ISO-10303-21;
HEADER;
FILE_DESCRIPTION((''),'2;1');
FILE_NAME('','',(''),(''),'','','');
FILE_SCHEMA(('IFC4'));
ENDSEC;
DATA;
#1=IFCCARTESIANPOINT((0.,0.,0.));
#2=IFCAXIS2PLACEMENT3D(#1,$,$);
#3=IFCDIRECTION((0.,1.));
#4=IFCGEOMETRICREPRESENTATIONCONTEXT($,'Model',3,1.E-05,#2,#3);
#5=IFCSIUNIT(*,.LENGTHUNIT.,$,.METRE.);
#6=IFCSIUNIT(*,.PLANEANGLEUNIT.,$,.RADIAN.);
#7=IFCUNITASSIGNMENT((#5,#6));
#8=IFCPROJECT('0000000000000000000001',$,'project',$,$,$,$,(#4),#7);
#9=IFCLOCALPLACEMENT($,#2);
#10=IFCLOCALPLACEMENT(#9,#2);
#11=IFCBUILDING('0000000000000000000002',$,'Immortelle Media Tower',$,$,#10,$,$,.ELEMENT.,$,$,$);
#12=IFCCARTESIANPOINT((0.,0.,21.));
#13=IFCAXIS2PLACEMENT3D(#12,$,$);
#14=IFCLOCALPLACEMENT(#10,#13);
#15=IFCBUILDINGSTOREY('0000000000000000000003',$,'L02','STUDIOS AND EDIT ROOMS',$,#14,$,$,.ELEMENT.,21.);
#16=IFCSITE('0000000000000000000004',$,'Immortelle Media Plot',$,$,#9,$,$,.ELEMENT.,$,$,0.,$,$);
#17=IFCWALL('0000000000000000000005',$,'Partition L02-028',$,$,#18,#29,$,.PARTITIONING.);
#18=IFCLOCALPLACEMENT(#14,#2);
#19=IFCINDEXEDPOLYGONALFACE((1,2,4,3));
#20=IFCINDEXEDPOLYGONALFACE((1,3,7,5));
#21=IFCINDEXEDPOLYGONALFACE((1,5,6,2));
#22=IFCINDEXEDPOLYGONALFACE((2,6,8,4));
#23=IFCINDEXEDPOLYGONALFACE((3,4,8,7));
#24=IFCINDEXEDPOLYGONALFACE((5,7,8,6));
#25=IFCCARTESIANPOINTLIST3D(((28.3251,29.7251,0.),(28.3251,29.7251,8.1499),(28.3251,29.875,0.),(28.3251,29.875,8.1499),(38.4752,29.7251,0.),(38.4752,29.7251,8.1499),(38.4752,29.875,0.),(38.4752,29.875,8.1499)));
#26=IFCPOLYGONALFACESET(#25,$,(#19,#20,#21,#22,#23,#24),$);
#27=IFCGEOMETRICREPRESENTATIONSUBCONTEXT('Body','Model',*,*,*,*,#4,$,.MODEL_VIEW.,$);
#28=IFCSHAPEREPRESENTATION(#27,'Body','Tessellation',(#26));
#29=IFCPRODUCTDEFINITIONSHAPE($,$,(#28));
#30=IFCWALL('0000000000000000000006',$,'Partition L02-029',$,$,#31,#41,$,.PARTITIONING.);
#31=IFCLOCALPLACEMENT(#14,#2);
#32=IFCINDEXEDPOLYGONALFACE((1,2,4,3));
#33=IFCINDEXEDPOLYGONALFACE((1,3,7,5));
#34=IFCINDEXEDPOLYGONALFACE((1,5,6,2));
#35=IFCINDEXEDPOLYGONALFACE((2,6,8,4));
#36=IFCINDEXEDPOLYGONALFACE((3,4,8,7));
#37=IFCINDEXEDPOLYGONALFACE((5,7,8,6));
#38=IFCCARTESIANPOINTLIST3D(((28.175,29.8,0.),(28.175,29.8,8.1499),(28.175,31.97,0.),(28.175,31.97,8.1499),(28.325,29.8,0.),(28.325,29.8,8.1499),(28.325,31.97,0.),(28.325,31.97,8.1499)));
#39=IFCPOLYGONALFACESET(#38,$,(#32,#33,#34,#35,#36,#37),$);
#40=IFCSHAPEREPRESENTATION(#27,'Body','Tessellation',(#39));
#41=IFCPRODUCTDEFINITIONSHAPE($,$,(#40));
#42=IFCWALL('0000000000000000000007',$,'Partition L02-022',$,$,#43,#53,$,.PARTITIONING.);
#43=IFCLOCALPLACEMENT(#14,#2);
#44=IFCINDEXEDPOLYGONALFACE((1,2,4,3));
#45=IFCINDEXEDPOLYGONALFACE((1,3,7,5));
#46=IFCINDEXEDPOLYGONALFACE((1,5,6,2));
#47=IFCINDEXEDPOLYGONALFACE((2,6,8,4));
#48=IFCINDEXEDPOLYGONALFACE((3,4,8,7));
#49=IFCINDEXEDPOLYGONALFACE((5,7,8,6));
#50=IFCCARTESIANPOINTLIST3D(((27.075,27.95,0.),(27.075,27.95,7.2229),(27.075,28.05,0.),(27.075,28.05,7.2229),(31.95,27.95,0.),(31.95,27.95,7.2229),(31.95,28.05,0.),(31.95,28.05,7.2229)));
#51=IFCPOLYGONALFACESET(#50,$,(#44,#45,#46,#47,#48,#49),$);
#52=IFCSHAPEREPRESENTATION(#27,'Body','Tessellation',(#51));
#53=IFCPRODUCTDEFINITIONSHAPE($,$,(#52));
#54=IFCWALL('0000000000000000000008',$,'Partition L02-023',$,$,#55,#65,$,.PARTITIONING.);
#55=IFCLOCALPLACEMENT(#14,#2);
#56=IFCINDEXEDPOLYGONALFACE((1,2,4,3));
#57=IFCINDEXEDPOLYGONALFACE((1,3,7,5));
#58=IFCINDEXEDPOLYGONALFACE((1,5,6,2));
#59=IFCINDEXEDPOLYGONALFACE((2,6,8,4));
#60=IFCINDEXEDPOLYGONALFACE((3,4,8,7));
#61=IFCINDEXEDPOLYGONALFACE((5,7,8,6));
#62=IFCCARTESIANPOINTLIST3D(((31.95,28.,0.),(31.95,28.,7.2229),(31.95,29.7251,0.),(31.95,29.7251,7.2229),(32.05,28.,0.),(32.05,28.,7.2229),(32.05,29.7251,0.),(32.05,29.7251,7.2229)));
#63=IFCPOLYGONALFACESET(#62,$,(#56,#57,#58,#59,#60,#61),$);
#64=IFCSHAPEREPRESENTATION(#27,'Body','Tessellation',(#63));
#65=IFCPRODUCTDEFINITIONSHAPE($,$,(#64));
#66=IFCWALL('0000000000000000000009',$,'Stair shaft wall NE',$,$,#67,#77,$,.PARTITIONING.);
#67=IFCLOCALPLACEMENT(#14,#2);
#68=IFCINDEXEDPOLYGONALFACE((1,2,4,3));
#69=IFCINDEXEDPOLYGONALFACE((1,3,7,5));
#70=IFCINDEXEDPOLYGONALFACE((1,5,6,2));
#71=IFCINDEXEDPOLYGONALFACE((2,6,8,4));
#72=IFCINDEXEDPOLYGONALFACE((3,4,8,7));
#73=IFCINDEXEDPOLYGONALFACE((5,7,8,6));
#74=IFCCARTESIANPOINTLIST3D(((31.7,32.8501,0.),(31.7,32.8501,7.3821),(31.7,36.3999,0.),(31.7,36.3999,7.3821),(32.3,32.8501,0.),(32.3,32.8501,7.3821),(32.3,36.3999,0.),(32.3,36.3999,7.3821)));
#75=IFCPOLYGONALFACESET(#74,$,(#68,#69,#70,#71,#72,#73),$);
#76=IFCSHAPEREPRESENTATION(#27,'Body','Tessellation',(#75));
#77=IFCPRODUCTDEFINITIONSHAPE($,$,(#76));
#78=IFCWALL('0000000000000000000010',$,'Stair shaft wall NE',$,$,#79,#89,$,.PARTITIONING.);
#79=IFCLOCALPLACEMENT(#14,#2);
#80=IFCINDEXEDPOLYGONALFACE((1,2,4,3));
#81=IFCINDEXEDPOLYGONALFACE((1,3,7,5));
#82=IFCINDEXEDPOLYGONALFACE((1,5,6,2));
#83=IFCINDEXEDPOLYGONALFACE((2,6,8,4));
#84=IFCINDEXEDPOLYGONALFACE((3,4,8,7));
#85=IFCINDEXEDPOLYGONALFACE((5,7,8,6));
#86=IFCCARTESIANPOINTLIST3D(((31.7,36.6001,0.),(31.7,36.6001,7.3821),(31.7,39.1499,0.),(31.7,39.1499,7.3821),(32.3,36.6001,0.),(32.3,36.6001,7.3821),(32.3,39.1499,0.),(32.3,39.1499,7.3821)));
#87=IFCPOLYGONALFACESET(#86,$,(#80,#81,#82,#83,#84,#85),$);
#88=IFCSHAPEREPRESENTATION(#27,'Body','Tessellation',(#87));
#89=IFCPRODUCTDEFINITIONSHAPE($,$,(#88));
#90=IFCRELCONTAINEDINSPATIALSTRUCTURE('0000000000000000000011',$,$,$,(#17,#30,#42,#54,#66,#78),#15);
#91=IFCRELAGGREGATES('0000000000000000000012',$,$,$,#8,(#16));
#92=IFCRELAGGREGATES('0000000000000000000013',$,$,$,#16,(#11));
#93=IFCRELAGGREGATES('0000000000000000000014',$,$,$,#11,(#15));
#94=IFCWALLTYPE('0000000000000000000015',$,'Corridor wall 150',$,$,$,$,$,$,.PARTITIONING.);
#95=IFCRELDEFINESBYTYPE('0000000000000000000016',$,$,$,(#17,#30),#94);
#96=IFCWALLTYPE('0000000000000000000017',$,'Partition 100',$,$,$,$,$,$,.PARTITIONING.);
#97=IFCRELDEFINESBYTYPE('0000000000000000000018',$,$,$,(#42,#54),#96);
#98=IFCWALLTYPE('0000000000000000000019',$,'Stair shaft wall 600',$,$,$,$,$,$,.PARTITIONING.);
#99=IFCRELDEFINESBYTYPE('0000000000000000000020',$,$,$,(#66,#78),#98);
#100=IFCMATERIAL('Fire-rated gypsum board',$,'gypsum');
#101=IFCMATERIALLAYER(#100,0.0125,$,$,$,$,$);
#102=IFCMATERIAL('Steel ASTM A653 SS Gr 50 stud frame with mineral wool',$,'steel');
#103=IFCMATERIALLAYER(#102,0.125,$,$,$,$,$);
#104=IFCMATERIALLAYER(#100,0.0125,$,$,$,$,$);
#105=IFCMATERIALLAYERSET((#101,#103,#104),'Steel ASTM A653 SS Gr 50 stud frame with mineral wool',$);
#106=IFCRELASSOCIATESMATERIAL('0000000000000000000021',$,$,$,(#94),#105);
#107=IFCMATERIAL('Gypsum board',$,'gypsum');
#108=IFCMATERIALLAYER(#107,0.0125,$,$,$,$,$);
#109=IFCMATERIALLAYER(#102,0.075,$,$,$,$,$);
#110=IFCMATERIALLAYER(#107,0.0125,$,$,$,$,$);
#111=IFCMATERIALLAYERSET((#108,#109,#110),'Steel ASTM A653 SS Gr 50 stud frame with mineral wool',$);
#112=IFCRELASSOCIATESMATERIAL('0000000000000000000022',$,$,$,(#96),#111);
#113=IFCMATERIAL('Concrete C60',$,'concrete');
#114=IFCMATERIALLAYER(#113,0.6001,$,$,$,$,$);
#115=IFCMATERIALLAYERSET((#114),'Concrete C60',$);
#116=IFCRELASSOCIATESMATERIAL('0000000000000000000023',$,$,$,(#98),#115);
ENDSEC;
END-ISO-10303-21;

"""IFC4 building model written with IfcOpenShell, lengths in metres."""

from ifc_helpers import new_model, si_unit, direction, frame, frame_2d, origin, place, context, subcontext, project, spatial, rectangle, extrude, material, layer, layer_set, type_object, element, save


model = new_model("IFC4")

# Units and contexts
model_context = context("Model", 3, precision=1e-05, world=origin(), true_north=direction((0.0, 1.0)))
body_context = subcontext(model_context, "Body", "Model", "MODEL_VIEW")
ifc_project = project(units=[si_unit("LENGTHUNIT", "METRE"), si_unit("PLANEANGLEUNIT", "RADIAN")], contexts=[model_context])

# Site, building, storey
site_placement = place(None, origin())
site = spatial("IfcSite", under=ifc_project, at=site_placement, Name="Immortelle Media Plot", CompositionType="ELEMENT", RefElevation=0.0)
building_placement = place(site_placement, origin())
building = spatial("IfcBuilding", under=site, at=building_placement, Name="Immortelle Media Tower", CompositionType="ELEMENT")
storey_placement = place(building_placement, frame((0.0, 0.0, 21.0)))
storey = spatial("IfcBuildingStorey", under=building, at=storey_placement, Name="L02", Description="STUDIOS AND EDIT ROOMS", CompositionType="ELEMENT", Elevation=21.0)

# Shared definitions
ifc_material_1 = material(Name="Fire-rated gypsum board", Category="gypsum")
ifc_material_2 = material(Name="Steel ASTM A653 SS Gr 50 stud frame with mineral wool", Category="steel")

# Walls
ifc_layer_1 = layer(ifc_material_1, 0.0125)
ifc_layer_2 = layer(ifc_material_2, 0.125)
ifc_layer_3 = layer(ifc_material_1, 0.0125)
ifc_layer_set_1 = layer_set([ifc_layer_1, ifc_layer_2, ifc_layer_3], Name="Steel ASTM A653 SS Gr 50 stud frame with mineral wool")
wall_type_1 = type_object("IfcWallType", Name="Corridor wall 150", PredefinedType="PARTITIONING", material=ifc_layer_set_1)
wall_1_placement = place(storey_placement, frame((28.325, 29.8, 0.0), z_axis=(0.0, 0.0, 1.0), x_axis=(1.0, 0.0, 0.0)))
element("IfcWall", 1, at=wall_1_placement, inside=storey, type_object=wall_type_1, Name="Partition L02-028", PredefinedType="PARTITIONING", context=body_context, shape_type="SweptSolid", body=[
    extrude(rectangle(XDim=10.1501, YDim=0.1499, at=frame_2d((5.0752, 0.0))), origin(), (0.0, 0.0, 1.0), 8.1499),
])
wall_2_placement = place(storey_placement, frame((28.25, 29.8, 0.0), z_axis=(0.0, 0.0, 1.0), x_axis=(0.0, 1.0, 0.0)))
element("IfcWall", 2, at=wall_2_placement, inside=storey, type_object=wall_type_1, Name="Partition L02-029", PredefinedType="PARTITIONING", context=body_context, shape_type="SweptSolid", body=[
    extrude(rectangle(XDim=2.1699, YDim=0.1499, at=frame_2d((1.085, 0.0))), origin(), (0.0, 0.0, 1.0), 8.1499),
])
ifc_material_3 = material(Name="Gypsum board", Category="gypsum")
ifc_layer_4 = layer(ifc_material_3, 0.0125)
ifc_layer_5 = layer(ifc_material_2, 0.075)
ifc_layer_6 = layer(ifc_material_3, 0.0125)
ifc_layer_set_2 = layer_set([ifc_layer_4, ifc_layer_5, ifc_layer_6], Name="Steel ASTM A653 SS Gr 50 stud frame with mineral wool")
wall_type_2 = type_object("IfcWallType", Name="Partition 100", PredefinedType="PARTITIONING", material=ifc_layer_set_2)
wall_3_placement = place(storey_placement, frame((27.075, 28.0, 0.0), z_axis=(0.0, 0.0, 1.0), x_axis=(1.0, 0.0, 0.0)))
element("IfcWall", 3, at=wall_3_placement, inside=storey, type_object=wall_type_2, Name="Partition L02-022", PredefinedType="PARTITIONING", context=body_context, shape_type="SweptSolid", body=[
    extrude(rectangle(XDim=4.875, YDim=0.1001, at=frame_2d((2.4375, 0.0))), origin(), (0.0, 0.0, 1.0), 7.2229),
])
wall_4_placement = place(storey_placement, frame((32.0, 28.0, 0.0), z_axis=(0.0, 0.0, 1.0), x_axis=(0.0, 1.0, 0.0)))
element("IfcWall", 4, at=wall_4_placement, inside=storey, type_object=wall_type_2, Name="Partition L02-023", PredefinedType="PARTITIONING", context=body_context, shape_type="SweptSolid", body=[
    extrude(rectangle(XDim=1.7251, YDim=0.1001, at=frame_2d((0.8625, 0.0))), origin(), (0.0, 0.0, 1.0), 7.2229),
])
ifc_material_4 = material(Name="Concrete C60", Category="concrete")
ifc_layer_7 = layer(ifc_material_4, 0.6001)
ifc_layer_set_3 = layer_set([ifc_layer_7], Name="Concrete C60")
wall_type_3 = type_object("IfcWallType", Name="Stair shaft wall 600", PredefinedType="PARTITIONING", material=ifc_layer_set_3)
wall_5_placement = place(storey_placement, frame((32.0, 32.8501, 0.0), z_axis=(0.0, 0.0, 1.0), x_axis=(0.0, 1.0, 0.0)))
element("IfcWall", 5, at=wall_5_placement, inside=storey, type_object=wall_type_3, Name="Stair shaft wall NE", PredefinedType="PARTITIONING", context=body_context, shape_type="SweptSolid", body=[
    extrude(rectangle(XDim=3.5498, YDim=0.6001, at=frame_2d((1.7749, 0.0))), origin(), (0.0, 0.0, 1.0), 7.3821),
])
wall_6_placement = place(storey_placement, frame((32.0, 36.6001, 0.0), z_axis=(0.0, 0.0, 1.0), x_axis=(0.0, 1.0, 0.0)))
element("IfcWall", 6, at=wall_6_placement, inside=storey, type_object=wall_type_3, Name="Stair shaft wall NE", PredefinedType="PARTITIONING", context=body_context, shape_type="SweptSolid", body=[
    extrude(rectangle(XDim=2.5498, YDim=0.6001, at=frame_2d((1.2749, 0.0))), origin(), (0.0, 0.0, 1.0), 7.3821),
])

save(model, "model.ifc")
